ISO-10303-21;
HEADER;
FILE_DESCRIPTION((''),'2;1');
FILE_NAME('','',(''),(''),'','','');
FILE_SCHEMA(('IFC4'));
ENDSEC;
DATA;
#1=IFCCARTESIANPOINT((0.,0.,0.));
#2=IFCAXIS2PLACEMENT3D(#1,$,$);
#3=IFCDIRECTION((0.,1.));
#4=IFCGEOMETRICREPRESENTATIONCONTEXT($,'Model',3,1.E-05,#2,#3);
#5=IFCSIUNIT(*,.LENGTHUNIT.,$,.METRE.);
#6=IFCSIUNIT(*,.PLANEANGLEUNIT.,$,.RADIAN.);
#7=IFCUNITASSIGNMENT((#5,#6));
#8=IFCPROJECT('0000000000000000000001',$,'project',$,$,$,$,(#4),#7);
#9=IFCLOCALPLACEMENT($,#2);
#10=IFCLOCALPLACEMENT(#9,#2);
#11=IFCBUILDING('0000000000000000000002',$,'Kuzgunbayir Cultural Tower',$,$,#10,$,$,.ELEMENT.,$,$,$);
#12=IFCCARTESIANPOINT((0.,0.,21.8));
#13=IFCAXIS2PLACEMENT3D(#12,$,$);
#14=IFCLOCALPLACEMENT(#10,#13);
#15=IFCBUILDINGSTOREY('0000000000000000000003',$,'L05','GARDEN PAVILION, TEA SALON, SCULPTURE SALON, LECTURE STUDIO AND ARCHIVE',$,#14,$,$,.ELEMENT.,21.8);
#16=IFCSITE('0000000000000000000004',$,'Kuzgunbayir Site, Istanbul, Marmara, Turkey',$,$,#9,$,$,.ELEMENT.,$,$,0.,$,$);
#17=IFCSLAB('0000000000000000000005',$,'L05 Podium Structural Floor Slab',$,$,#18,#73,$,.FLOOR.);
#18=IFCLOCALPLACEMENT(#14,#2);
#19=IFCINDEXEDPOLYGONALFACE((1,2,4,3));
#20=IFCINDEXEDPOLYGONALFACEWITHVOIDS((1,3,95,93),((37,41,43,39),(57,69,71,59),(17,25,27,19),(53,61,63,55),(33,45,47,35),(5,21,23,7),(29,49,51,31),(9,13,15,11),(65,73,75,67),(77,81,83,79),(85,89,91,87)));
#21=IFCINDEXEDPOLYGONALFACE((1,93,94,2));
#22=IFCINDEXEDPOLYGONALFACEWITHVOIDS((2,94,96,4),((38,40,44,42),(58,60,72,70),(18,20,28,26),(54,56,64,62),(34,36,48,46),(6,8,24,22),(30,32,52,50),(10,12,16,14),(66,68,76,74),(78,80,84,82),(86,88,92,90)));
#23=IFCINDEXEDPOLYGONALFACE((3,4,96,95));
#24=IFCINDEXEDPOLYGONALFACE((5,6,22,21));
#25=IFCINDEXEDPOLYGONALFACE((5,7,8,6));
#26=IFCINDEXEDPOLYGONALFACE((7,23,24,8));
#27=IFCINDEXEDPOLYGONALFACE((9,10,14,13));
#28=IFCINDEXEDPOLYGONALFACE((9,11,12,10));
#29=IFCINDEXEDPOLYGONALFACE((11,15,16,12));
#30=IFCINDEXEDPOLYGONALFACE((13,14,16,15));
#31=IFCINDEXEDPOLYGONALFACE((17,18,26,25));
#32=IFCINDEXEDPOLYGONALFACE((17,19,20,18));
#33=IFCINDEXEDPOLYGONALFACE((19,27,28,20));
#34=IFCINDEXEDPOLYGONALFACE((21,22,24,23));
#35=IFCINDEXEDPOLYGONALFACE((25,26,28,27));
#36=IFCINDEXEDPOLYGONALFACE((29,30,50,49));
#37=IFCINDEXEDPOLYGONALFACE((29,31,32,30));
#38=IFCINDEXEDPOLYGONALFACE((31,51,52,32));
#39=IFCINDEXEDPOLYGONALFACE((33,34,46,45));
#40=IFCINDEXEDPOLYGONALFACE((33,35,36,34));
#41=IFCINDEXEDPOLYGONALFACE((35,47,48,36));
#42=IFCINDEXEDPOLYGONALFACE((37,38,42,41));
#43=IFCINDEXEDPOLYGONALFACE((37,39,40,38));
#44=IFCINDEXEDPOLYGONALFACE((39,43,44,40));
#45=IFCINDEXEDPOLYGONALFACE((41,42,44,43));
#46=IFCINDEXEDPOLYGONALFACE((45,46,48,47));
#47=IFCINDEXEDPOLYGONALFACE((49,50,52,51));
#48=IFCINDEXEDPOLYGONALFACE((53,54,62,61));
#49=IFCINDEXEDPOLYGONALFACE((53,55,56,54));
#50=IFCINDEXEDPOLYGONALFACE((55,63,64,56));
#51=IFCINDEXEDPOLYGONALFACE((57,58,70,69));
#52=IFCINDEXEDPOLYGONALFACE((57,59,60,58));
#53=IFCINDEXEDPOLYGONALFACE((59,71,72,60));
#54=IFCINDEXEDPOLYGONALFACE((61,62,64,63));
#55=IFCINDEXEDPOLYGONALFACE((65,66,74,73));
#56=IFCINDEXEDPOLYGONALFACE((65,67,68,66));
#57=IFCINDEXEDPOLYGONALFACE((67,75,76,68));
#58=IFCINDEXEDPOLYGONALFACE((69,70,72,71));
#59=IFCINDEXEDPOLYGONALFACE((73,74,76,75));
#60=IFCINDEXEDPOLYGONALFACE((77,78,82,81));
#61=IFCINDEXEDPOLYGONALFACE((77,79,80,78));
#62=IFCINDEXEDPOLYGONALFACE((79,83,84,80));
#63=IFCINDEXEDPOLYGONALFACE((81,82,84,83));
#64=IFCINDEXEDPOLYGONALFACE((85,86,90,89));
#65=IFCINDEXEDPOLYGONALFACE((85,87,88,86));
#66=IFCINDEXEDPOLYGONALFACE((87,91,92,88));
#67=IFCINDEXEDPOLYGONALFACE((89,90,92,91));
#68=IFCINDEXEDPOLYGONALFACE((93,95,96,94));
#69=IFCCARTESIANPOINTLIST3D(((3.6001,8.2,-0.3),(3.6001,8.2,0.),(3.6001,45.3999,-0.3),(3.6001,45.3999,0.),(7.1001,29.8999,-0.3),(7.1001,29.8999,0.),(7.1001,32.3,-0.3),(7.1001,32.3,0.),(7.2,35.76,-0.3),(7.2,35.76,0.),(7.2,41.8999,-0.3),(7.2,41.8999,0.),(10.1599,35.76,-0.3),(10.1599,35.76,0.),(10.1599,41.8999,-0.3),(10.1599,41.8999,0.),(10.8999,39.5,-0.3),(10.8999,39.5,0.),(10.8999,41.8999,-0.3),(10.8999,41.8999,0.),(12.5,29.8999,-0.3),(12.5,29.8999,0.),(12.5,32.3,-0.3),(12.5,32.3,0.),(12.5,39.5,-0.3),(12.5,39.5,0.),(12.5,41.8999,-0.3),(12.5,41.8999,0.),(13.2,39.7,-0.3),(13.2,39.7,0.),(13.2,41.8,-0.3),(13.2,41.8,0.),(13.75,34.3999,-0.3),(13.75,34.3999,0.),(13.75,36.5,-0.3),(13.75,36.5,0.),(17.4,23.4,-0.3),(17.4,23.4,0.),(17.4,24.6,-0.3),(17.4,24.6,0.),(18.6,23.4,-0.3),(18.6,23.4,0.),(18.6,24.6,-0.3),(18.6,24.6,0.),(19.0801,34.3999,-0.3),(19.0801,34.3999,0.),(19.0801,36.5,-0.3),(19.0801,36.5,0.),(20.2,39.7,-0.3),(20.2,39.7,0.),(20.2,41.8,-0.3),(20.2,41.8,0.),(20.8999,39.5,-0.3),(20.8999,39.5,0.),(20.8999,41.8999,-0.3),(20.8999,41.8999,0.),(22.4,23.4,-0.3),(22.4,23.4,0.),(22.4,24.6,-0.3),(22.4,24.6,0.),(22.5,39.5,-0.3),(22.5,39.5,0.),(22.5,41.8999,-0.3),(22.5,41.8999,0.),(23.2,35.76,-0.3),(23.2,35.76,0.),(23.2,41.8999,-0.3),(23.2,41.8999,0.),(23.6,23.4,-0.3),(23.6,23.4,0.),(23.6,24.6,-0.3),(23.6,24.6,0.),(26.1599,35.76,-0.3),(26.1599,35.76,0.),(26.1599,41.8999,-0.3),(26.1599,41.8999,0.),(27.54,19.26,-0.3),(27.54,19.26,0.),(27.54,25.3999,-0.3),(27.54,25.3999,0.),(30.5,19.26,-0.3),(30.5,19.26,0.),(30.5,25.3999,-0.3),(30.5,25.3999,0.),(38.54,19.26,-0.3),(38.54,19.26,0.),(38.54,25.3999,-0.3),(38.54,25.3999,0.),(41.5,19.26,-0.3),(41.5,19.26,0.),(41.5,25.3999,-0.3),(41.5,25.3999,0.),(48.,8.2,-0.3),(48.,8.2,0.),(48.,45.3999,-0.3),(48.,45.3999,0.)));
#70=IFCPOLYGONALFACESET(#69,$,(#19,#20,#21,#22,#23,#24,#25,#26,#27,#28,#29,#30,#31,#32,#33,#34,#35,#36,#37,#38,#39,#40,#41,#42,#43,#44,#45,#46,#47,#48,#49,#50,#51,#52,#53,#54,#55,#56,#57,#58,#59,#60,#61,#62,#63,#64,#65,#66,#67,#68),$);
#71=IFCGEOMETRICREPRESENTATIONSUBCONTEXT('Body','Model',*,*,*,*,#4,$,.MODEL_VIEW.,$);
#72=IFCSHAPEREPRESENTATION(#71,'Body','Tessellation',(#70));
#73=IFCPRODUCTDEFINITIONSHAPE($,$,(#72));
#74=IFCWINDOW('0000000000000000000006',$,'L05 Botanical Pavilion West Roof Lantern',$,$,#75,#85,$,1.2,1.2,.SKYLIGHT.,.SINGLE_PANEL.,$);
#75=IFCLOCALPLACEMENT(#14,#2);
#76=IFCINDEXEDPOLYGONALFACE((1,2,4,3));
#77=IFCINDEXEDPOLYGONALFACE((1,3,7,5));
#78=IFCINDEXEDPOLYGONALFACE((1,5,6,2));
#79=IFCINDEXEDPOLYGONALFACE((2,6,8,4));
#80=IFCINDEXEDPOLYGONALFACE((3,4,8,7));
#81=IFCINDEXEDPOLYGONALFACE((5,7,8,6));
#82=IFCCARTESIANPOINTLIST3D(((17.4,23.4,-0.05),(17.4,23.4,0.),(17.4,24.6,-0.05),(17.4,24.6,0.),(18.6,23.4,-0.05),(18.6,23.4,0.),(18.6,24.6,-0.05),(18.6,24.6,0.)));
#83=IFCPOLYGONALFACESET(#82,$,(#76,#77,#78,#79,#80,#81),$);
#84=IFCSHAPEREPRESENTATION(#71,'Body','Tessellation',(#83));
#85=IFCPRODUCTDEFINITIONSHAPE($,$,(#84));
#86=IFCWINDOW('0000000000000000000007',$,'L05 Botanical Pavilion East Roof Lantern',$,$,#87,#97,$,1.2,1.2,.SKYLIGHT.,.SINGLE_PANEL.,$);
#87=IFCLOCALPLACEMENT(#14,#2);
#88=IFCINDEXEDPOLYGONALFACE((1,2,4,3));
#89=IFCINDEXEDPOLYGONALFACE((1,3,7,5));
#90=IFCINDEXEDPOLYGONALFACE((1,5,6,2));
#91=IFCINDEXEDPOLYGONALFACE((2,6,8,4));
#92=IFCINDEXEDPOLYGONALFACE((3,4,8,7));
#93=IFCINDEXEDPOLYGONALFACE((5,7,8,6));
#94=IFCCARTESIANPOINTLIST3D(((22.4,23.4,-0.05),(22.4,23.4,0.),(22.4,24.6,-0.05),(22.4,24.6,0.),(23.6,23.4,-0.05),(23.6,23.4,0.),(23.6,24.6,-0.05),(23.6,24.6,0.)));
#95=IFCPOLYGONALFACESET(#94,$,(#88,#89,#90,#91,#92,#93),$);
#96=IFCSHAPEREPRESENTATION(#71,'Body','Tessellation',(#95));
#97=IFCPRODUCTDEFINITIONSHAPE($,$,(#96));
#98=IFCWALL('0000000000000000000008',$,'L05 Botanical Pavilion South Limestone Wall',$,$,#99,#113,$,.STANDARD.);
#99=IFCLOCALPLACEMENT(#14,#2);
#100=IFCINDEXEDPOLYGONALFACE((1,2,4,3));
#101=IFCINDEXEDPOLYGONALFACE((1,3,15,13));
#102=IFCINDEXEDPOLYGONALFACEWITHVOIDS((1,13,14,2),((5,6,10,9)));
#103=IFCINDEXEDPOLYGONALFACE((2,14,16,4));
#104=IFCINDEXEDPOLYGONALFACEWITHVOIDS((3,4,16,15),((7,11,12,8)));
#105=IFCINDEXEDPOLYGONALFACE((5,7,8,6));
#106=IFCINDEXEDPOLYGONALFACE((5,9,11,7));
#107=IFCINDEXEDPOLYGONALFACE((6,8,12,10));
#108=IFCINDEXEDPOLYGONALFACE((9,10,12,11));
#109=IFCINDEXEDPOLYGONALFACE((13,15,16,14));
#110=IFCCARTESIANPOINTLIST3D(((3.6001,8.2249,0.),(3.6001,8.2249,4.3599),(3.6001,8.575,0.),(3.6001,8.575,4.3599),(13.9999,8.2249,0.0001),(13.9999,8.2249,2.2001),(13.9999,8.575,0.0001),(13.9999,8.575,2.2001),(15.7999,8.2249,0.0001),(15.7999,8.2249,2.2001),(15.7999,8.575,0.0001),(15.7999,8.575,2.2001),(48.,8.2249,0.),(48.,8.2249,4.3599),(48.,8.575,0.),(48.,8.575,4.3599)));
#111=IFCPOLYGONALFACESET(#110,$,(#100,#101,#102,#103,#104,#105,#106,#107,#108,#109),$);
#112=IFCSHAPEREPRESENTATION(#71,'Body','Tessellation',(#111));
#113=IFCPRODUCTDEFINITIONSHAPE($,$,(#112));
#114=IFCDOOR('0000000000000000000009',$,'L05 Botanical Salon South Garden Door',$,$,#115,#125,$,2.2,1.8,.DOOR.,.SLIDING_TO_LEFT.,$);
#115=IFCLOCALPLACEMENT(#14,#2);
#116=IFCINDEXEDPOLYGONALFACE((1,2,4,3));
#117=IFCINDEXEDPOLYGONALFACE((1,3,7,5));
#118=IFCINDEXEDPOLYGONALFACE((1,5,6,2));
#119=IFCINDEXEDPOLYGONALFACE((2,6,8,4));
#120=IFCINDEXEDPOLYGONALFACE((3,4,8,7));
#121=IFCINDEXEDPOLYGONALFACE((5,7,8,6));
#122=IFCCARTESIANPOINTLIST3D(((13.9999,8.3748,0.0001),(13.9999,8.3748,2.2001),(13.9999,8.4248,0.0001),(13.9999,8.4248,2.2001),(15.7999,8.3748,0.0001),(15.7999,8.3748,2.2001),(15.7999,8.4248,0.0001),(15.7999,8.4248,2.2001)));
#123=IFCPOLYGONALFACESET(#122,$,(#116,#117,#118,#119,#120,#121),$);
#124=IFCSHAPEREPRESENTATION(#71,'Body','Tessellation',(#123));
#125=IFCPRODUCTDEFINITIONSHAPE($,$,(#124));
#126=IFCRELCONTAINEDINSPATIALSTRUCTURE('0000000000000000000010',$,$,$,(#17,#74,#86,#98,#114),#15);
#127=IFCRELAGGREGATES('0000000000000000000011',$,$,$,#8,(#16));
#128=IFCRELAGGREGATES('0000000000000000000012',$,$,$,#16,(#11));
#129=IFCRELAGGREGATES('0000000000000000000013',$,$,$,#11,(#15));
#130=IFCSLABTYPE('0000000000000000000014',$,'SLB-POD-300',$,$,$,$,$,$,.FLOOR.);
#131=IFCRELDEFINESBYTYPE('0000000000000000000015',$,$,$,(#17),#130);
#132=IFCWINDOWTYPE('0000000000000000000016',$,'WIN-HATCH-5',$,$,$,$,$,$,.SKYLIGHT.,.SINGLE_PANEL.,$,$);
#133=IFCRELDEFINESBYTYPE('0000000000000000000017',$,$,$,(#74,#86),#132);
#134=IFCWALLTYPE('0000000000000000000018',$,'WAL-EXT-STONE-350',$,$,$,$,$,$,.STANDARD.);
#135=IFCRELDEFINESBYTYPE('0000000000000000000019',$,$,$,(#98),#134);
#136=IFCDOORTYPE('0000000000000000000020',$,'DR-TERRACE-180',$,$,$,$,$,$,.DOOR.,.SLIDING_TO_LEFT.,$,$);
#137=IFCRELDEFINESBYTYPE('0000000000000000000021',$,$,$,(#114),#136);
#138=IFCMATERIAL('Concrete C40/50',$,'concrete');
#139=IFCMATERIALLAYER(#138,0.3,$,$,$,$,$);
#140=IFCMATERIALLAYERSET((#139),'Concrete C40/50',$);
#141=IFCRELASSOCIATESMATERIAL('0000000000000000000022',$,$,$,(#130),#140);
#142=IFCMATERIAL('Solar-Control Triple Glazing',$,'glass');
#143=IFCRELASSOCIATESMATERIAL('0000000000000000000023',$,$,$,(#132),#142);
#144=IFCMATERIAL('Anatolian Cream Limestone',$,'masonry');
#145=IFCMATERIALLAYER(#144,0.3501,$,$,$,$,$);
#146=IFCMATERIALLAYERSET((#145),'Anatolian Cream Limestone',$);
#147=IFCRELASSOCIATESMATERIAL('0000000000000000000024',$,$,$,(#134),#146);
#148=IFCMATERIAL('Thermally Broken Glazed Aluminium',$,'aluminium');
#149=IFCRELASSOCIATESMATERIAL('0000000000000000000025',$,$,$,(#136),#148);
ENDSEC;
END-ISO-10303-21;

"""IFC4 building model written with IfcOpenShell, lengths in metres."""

from ifc_helpers import new_model, si_unit, direction, frame, frame_2d, origin, origin_2d, place, context, subcontext, project, spatial, polyline, rectangle, outline, extrude, material, layer, layer_set, type_object, element, fill, save


model = new_model("IFC4")

# Units and contexts
model_context = context("Model", 3, precision=1e-05, world=origin(), true_north=direction((0.0, 1.0)))
body_context = subcontext(model_context, "Body", "Model", "MODEL_VIEW")
ifc_project = project(units=[si_unit("LENGTHUNIT", "METRE"), si_unit("PLANEANGLEUNIT", "RADIAN")], contexts=[model_context])

# Site, building, storey
site_placement = place(None, origin())
site = spatial("IfcSite", under=ifc_project, at=site_placement, Name="Kuzgunbayir Site, Istanbul, Marmara, Turkey", CompositionType="ELEMENT", RefElevation=0.0)
building_placement = place(site_placement, origin())
building = spatial("IfcBuilding", under=site, at=building_placement, Name="Kuzgunbayir Cultural Tower", CompositionType="ELEMENT")
storey_placement = place(building_placement, frame((0.0, 0.0, 21.8)))
storey = spatial("IfcBuildingStorey", under=building, at=storey_placement, Name="L05", Description="GARDEN PAVILION, TEA SALON, SCULPTURE SALON, LECTURE STUDIO AND ARCHIVE", CompositionType="ELEMENT", Elevation=21.8)

# Shared definitions
ifc_material_1 = material(Name="Concrete C40/50", Category="concrete")

# Shared definitions
ifc_layer_1 = layer(ifc_material_1, 0.3)
ifc_layer_set_1 = layer_set([ifc_layer_1], Name="Concrete C40/50")
slab_type_1 = type_object("IfcSlabType", Name="SLB-POD-300", PredefinedType="FLOOR", material=ifc_layer_set_1)

# Slab, openings, windows
slab_1_placement = place(storey_placement, frame((0.0, 0.0, -0.3)))
slab_1 = element("IfcSlab", 1, at=slab_1_placement, inside=storey, type_object=slab_type_1, Name="L05 Podium Structural Floor Slab", PredefinedType="FLOOR", context=body_context, shape_type="SweptSolid", body=[
    extrude(outline(polyline([(3.6001, 8.2), (48.0, 8.2), (48.0, 45.3999), (3.6001, 45.3999), (3.6001, 8.2)]), holes=[polyline([(7.2, 35.76), (7.2, 41.8999), (10.1599, 41.8999), (10.1599, 35.76), (7.2, 35.76)]), polyline([(23.2, 35.76), (23.2, 41.8999), (26.1599, 41.8999), (26.1599, 35.76), (23.2, 35.76)]), polyline([(27.54, 19.26), (27.54, 25.3999), (30.5, 25.3999), (30.5, 19.26), (27.54, 19.26)]), polyline([(38.54, 19.26), (38.54, 25.3999), (41.5, 25.3999), (41.5, 19.26), (38.54, 19.26)]), polyline([(13.2, 39.7), (13.2, 41.8), (20.2, 41.8), (20.2, 39.7), (13.2, 39.7)]), polyline([(13.75, 34.3999), (13.75, 36.5), (19.0801, 36.5), (19.0801, 34.3999), (13.75, 34.3999)]), polyline([(7.1001, 29.8999), (7.1001, 32.3), (12.5, 32.3), (12.5, 29.8999), (7.1001, 29.8999)]), polyline([(10.8999, 39.5), (10.8999, 41.8999), (12.5, 41.8999), (12.5, 39.5), (10.8999, 39.5)]), polyline([(20.8999, 39.5), (20.8999, 41.8999), (22.5, 41.8999), (22.5, 39.5), (20.8999, 39.5)])]), origin(), (0.0, 0.0, 1.0), 0.3),
])
opening_1_placement = place(slab_1_placement, frame((18.0, 24.0, 0.0)))
opening_1 = element("IfcOpeningElement", 2, at=opening_1_placement, cuts=slab_1, PredefinedType="OPENING", context=body_context, shape_type="SweptSolid", body=[
    extrude(rectangle(XDim=1.2, YDim=1.2, at=origin_2d()), origin(), (0.0, 0.0, 1.0), 0.3),
])
opening_2_placement = place(slab_1_placement, frame((23.0, 24.0, 0.0)))
opening_2 = element("IfcOpeningElement", 3, at=opening_2_placement, cuts=slab_1, PredefinedType="OPENING", context=body_context, shape_type="SweptSolid", body=[
    extrude(rectangle(XDim=1.2, YDim=1.2, at=origin_2d()), origin(), (0.0, 0.0, 1.0), 0.3),
])
ifc_material_2 = material(Name="Solar-Control Triple Glazing", Category="glass")
window_type = type_object("IfcWindowType", Name="WIN-HATCH-5", PartitioningType="SINGLE_PANEL", PredefinedType="SKYLIGHT", material=ifc_material_2)
window_1_placement = place(opening_1_placement, frame((0.0, 0.0, 0.25)))
window_1 = element("IfcWindow", 4, at=window_1_placement, inside=storey, type_object=window_type, Name="L05 Botanical Pavilion West Roof Lantern", OverallHeight=1.2, OverallWidth=1.2, PartitioningType="SINGLE_PANEL", PredefinedType="SKYLIGHT", context=body_context, shape_type="SweptSolid", body=[
    extrude(rectangle(XDim=1.2, YDim=1.2, at=origin_2d()), origin(), (0.0, 0.0, 1.0), 0.05),
])
fill(opening_1, window_1)
window_2_placement = place(opening_2_placement, frame((0.0, 0.0, 0.25)))
window_2 = element("IfcWindow", 5, at=window_2_placement, inside=storey, type_object=window_type, Name="L05 Botanical Pavilion East Roof Lantern", OverallHeight=1.2, OverallWidth=1.2, PartitioningType="SINGLE_PANEL", PredefinedType="SKYLIGHT", context=body_context, shape_type="SweptSolid", body=[
    extrude(rectangle(XDim=1.2, YDim=1.2, at=origin_2d()), origin(), (0.0, 0.0, 1.0), 0.05),
])
fill(opening_2, window_2)

# Wall, opening, door
ifc_material_3 = material(Name="Anatolian Cream Limestone", Category="masonry")
ifc_layer_2 = layer(ifc_material_3, 0.3501)
ifc_layer_set_2 = layer_set([ifc_layer_2], Name="Anatolian Cream Limestone")
wall_type_1 = type_object("IfcWallType", Name="WAL-EXT-STONE-350", PredefinedType="STANDARD", material=ifc_layer_set_2)
wall_1_placement = place(storey_placement, frame((3.6001, 8.3999, 0.0), z_axis=(0.0, 0.0, 1.0), x_axis=(1.0, 0.0, 0.0)))
wall_1 = element("IfcWall", 6, at=wall_1_placement, inside=storey, type_object=wall_type_1, Name="L05 Botanical Pavilion South Limestone Wall", PredefinedType="STANDARD", context=body_context, shape_type="SweptSolid", body=[
    extrude(rectangle(XDim=44.3999, YDim=0.3501, at=frame_2d((22.2, 0.0))), origin(), (0.0, 0.0, 1.0), 4.3599),
])
opening_3_placement = place(wall_1_placement, frame((10.3999, 0.0, 0.0)))
opening_3 = element("IfcOpeningElement", 7, at=opening_3_placement, cuts=wall_1, PredefinedType="OPENING", context=body_context, shape_type="SweptSolid", body=[
    extrude(rectangle(XDim=1.8, YDim=2.2, at=frame_2d((0.8999, 1.1001))), frame((0.0, 0.1851, 0.0), z_axis=(0.0, -1.0, 0.0), x_axis=(1.0, 0.0, 0.0)), (0.0, 0.0, 1.0), 0.3701),
])
ifc_material_4 = material(Name="Thermally Broken Glazed Aluminium", Category="aluminium")
door_type_1 = type_object("IfcDoorType", Name="DR-TERRACE-180", OperationType="SLIDING_TO_LEFT", PredefinedType="DOOR", material=ifc_material_4)
door_1_placement = place(opening_3_placement, origin())
door_1 = element("IfcDoor", 8, at=door_1_placement, inside=storey, type_object=door_type_1, Name="L05 Botanical Salon South Garden Door", OperationType="SLIDING_TO_LEFT", OverallHeight=2.2, OverallWidth=1.8, PredefinedType="DOOR", context=body_context, shape_type="SweptSolid", body=[
    extrude(rectangle(XDim=1.8, YDim=2.2, at=frame_2d((0.8999, 1.1001))), frame((0.0, 0.0249, 0.0), z_axis=(0.0, -1.0, 0.0), x_axis=(1.0, 0.0, 0.0)), (0.0, 0.0, 1.0), 0.05),
])
fill(opening_3, door_1)

save(model, "model.ifc")
